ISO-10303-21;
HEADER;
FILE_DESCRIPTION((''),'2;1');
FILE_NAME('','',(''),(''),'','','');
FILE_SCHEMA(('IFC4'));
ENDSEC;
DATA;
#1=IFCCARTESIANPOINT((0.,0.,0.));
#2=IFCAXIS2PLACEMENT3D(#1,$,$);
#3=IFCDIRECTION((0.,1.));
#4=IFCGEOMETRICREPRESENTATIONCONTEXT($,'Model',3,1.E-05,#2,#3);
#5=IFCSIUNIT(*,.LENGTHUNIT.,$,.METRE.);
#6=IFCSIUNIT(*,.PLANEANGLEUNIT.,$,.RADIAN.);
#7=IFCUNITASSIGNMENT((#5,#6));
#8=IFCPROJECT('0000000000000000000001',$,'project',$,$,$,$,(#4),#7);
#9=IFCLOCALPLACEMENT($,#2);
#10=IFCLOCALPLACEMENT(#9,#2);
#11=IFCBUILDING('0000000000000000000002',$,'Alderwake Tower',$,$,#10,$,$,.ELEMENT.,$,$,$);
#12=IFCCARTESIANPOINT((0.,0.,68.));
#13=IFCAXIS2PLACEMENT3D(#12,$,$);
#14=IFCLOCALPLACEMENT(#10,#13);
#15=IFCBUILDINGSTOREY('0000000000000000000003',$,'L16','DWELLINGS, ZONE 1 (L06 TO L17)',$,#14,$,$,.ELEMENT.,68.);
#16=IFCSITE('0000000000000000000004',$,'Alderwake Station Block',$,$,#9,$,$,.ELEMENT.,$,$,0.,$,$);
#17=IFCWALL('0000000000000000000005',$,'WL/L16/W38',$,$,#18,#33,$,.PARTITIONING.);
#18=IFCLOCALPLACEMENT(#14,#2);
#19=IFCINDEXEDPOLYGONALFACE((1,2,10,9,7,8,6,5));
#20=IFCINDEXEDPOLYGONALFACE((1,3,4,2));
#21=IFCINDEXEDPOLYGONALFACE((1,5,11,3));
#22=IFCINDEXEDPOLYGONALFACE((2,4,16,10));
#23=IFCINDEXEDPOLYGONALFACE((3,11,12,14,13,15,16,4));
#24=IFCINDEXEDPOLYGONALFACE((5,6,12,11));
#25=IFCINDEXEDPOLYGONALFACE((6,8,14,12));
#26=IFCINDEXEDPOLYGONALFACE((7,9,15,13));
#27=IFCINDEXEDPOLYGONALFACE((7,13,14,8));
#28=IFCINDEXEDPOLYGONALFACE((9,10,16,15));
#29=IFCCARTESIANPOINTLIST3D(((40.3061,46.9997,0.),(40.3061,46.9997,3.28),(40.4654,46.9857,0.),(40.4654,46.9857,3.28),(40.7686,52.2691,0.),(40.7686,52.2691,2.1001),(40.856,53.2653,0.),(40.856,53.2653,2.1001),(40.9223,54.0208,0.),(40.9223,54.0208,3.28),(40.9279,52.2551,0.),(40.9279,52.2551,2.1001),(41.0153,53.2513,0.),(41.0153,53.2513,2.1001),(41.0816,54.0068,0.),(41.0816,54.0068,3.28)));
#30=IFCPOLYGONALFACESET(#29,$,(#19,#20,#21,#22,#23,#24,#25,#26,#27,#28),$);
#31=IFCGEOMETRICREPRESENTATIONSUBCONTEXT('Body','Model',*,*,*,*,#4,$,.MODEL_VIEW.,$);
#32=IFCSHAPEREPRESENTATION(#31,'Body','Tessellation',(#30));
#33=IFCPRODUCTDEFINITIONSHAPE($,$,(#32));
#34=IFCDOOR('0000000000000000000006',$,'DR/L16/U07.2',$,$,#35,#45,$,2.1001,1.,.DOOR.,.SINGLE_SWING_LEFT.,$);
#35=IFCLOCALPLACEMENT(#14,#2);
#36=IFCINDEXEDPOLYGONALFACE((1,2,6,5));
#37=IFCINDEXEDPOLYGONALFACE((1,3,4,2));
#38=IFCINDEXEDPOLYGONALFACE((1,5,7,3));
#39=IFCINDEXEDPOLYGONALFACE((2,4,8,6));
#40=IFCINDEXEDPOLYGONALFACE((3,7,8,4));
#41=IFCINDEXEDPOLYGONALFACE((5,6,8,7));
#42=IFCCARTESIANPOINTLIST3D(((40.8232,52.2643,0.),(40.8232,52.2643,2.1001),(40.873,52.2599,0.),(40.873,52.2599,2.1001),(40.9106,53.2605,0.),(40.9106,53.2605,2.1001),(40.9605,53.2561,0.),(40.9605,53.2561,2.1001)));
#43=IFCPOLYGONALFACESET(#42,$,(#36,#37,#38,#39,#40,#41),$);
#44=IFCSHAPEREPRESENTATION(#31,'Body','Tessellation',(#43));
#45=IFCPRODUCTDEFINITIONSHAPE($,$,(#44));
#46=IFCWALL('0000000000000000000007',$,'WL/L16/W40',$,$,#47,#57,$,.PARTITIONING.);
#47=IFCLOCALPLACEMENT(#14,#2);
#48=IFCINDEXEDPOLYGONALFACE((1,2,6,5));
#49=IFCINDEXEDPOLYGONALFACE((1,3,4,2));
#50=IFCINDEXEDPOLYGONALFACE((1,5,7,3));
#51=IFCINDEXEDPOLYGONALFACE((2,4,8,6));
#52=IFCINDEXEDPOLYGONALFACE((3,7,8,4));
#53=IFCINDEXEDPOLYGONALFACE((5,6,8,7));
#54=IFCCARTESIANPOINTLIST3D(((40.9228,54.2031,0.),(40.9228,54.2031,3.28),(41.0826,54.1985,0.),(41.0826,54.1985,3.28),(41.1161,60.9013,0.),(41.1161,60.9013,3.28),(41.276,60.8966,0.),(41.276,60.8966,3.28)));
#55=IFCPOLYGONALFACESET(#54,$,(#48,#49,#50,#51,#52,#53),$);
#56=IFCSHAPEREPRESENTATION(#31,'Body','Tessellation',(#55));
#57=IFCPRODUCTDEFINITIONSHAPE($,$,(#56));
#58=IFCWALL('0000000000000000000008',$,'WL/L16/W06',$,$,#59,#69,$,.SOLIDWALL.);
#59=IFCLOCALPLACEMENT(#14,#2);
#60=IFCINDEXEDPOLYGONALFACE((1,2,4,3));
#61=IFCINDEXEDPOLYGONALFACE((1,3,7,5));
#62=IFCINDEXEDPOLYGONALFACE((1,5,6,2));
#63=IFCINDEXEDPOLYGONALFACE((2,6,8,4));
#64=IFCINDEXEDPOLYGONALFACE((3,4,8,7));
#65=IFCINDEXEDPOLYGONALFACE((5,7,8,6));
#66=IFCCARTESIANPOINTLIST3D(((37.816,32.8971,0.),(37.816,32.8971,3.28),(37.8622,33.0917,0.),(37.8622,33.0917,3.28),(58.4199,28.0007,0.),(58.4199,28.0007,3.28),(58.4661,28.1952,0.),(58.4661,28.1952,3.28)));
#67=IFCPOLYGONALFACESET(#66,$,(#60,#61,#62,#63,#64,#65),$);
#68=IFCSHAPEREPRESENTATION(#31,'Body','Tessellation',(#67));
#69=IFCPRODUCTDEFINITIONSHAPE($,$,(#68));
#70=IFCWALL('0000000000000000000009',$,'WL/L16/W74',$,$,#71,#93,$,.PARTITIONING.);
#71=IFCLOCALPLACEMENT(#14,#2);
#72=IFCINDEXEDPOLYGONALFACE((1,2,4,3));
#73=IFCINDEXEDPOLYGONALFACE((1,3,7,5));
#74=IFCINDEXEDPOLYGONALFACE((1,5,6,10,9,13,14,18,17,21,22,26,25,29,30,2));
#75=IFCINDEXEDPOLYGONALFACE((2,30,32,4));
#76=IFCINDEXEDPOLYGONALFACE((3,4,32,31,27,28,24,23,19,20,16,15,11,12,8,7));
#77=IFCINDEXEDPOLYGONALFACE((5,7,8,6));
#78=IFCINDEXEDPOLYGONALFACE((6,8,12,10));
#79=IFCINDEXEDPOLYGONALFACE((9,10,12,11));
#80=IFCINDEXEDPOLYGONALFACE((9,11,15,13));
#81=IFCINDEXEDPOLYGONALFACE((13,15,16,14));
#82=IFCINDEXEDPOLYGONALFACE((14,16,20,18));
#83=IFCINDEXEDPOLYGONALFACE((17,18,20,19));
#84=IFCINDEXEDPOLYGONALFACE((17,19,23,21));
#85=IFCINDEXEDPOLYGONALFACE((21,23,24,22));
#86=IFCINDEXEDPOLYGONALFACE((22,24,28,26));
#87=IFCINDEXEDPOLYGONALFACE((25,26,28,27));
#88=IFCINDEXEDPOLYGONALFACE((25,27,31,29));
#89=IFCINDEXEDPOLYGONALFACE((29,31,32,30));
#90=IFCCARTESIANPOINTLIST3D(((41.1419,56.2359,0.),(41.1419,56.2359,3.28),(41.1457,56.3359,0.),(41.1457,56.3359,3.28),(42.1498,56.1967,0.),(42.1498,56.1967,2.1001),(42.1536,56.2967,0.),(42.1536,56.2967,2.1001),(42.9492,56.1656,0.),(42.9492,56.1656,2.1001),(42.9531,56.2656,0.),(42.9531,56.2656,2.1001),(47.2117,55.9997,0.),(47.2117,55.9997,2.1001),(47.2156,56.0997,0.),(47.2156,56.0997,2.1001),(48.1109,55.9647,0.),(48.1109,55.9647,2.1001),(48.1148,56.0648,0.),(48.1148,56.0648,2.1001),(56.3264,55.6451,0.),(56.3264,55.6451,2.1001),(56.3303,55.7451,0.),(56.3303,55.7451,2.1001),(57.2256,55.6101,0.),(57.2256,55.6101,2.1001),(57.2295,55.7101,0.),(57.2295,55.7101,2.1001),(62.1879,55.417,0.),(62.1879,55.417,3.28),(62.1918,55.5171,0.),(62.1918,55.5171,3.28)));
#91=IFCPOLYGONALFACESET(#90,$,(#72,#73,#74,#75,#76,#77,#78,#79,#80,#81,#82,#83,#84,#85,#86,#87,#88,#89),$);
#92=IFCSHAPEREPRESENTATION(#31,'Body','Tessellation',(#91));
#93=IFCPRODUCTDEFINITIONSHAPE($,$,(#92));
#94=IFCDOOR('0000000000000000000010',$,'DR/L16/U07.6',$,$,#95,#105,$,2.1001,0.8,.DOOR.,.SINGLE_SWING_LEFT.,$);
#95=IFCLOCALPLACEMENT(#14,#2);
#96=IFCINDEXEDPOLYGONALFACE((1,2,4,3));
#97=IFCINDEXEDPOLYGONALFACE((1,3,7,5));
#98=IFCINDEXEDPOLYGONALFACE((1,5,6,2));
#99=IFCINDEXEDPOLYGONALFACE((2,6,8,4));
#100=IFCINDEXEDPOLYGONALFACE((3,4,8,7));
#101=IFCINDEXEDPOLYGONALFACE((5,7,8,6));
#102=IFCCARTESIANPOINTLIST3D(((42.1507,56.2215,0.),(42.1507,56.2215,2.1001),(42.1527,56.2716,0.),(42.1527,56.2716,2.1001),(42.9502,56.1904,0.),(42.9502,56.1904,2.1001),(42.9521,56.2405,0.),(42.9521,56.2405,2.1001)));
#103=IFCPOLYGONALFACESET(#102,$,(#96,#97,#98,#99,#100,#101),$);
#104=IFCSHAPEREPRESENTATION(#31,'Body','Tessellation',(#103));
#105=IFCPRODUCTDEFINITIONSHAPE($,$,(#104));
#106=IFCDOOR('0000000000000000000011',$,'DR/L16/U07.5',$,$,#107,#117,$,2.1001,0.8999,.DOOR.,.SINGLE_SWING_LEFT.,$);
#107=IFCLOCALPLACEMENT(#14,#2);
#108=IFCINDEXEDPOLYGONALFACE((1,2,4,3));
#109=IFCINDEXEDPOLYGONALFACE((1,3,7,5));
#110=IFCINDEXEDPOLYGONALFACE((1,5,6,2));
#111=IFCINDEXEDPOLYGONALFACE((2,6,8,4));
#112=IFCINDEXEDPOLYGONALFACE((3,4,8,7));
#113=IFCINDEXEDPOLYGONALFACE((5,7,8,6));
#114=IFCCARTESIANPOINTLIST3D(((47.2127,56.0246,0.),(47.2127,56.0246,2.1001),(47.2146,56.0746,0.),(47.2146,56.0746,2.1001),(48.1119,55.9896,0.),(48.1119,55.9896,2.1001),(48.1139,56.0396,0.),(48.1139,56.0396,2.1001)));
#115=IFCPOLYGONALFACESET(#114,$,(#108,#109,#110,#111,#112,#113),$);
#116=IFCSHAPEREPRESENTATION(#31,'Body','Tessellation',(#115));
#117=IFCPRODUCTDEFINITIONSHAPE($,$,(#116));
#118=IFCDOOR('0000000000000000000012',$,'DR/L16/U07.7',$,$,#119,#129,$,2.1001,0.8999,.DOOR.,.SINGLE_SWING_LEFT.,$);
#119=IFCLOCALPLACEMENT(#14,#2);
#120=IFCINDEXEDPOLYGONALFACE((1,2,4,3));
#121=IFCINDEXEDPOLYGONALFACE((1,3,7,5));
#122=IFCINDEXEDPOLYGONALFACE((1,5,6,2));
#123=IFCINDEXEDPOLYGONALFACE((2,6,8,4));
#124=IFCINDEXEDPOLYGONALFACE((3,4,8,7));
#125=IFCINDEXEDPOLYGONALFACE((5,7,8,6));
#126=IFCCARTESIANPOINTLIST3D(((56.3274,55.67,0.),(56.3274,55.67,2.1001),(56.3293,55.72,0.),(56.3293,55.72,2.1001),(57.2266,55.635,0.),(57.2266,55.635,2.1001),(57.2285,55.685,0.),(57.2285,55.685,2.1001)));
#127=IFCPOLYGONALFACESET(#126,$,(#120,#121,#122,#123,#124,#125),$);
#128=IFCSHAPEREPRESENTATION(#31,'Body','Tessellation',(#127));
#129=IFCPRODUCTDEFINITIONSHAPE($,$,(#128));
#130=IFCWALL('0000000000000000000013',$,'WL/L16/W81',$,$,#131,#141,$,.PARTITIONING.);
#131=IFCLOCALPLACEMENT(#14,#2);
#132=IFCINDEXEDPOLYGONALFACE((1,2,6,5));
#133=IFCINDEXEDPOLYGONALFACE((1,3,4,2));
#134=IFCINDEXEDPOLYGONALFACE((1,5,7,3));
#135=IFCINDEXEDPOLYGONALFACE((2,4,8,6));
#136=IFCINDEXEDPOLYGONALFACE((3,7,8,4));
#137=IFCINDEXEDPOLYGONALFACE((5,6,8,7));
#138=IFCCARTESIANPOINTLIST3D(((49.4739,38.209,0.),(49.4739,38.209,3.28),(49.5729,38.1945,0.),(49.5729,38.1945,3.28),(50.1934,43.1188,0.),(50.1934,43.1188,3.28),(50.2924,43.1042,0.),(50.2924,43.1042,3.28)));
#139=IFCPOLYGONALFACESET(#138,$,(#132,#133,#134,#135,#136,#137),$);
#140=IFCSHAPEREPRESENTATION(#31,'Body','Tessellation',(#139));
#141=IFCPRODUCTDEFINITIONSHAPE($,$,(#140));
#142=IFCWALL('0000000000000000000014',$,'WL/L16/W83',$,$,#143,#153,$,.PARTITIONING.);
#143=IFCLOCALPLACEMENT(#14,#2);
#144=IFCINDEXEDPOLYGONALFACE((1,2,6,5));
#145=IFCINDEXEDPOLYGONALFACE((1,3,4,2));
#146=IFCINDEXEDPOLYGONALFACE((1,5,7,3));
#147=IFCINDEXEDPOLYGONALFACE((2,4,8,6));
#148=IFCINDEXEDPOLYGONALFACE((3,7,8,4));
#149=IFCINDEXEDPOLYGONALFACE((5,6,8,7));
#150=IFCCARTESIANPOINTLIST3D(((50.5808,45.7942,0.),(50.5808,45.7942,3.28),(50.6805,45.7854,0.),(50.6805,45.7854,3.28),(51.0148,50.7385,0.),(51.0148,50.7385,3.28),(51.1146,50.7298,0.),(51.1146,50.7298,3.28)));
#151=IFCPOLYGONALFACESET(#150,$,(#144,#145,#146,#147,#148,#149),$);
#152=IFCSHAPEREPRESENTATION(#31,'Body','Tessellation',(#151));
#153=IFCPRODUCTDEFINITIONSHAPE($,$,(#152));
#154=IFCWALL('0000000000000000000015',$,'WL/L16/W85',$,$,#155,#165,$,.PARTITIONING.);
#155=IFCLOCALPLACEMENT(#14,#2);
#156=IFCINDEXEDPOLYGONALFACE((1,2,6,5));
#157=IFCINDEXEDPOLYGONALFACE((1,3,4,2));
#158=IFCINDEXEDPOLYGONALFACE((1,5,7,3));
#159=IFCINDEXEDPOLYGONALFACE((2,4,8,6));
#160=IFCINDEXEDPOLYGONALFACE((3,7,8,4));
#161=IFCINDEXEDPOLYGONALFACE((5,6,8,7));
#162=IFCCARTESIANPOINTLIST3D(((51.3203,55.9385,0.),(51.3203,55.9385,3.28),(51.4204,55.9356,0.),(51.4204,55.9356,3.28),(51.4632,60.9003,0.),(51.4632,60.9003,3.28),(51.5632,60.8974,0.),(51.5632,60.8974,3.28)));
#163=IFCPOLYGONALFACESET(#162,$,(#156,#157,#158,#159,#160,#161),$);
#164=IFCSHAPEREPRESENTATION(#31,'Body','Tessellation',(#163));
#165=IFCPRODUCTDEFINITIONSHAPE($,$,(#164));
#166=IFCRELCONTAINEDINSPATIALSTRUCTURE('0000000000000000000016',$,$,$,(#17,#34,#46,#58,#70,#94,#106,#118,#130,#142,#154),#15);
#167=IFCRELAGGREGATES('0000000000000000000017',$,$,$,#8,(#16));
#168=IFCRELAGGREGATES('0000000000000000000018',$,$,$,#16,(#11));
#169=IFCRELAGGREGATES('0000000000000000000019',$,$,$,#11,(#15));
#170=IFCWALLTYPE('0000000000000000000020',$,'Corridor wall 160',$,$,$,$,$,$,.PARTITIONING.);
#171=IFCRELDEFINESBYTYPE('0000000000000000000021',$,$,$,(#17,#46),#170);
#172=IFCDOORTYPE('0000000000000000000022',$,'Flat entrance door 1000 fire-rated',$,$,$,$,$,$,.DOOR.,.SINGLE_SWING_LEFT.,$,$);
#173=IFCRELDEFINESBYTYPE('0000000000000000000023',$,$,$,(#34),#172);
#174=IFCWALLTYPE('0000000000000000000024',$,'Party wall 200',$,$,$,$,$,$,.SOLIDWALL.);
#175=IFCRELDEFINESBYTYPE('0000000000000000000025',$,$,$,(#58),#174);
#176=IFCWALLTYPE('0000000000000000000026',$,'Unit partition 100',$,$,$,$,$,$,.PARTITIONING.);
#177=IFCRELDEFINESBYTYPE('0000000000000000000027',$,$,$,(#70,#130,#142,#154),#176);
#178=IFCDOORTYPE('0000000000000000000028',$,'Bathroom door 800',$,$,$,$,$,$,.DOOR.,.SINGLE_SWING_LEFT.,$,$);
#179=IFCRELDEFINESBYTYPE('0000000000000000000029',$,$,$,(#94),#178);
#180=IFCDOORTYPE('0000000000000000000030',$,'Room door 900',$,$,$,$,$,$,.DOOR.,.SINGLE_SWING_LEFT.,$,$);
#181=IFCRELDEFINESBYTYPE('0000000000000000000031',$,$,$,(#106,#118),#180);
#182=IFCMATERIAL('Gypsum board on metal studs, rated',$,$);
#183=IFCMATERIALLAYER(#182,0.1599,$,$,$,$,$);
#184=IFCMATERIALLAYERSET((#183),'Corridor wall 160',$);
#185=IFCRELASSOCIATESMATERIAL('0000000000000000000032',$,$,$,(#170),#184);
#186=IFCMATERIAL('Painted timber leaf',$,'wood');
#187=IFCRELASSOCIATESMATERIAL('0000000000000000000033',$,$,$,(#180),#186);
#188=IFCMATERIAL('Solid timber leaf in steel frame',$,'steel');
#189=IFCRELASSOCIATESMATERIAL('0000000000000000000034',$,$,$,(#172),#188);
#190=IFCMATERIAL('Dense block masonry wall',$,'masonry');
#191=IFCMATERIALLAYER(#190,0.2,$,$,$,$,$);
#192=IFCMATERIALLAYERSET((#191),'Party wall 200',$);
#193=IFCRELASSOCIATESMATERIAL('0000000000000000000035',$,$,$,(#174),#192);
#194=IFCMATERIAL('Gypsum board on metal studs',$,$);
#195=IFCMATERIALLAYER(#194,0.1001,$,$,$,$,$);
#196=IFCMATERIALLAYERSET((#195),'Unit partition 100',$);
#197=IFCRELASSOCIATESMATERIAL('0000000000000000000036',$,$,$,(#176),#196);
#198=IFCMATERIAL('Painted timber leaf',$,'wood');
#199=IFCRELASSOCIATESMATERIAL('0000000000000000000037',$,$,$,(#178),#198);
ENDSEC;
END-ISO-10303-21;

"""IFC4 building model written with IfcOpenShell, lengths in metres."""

from ifc_helpers import new_model, si_unit, direction, frame, frame_2d, origin, place, context, subcontext, project, spatial, rectangle, extrude, material, layer, layer_set, type_object, element, fill, save


model = new_model("IFC4")

# Units and contexts
model_context = context("Model", 3, precision=1e-05, world=origin(), true_north=direction((0.0, 1.0)))
body_context = subcontext(model_context, "Body", "Model", "MODEL_VIEW")
ifc_project = project(units=[si_unit("LENGTHUNIT", "METRE"), si_unit("PLANEANGLEUNIT", "RADIAN")], contexts=[model_context])

# Site, building, storey
site_placement = place(None, origin())
site = spatial("IfcSite", under=ifc_project, at=site_placement, Name="Alderwake Station Block", CompositionType="ELEMENT", RefElevation=0.0)
building_placement = place(site_placement, origin())
building = spatial("IfcBuilding", under=site, at=building_placement, Name="Alderwake Tower", CompositionType="ELEMENT")
storey_placement = place(building_placement, frame((0.0, 0.0, 68.0)))
storey = spatial("IfcBuildingStorey", under=building, at=storey_placement, Name="L16", Description="DWELLINGS, ZONE 1 (L06 TO L17)", CompositionType="ELEMENT", Elevation=68.0)

# Wall, opening, door
ifc_material_1 = material(Name="Gypsum board on metal studs, rated")
ifc_layer_1 = layer(ifc_material_1, 0.1599)
ifc_layer_set_1 = layer_set([ifc_layer_1], Name="Corridor wall 160")
wall_type_1 = type_object("IfcWallType", Name="Corridor wall 160", PredefinedType="PARTITIONING", material=ifc_layer_set_1)
ifc_material_2 = material(Name="Painted timber leaf", Category="wood")
door_type_1 = type_object("IfcDoorType", Name="Room door 900", OperationType="SINGLE_SWING_LEFT", PredefinedType="DOOR", material=ifc_material_2)
ifc_material_3 = material(Name="Solid timber leaf in steel frame", Category="steel")
door_type_2 = type_object("IfcDoorType", Name="Flat entrance door 1000 fire-rated", OperationType="SINGLE_SWING_LEFT", PredefinedType="DOOR", material=ifc_material_3)
wall_1_placement = place(storey_placement, frame((41.002, 54.0137, 0.0), z_axis=(0.0, 0.0, 1.0), x_axis=(-0.087431, -0.996171, 0.0)))
wall_1 = element("IfcWall", 1, at=wall_1_placement, inside=storey, type_object=wall_type_1, Name="WL/L16/W38", PredefinedType="PARTITIONING", context=body_context, shape_type="SweptSolid", body=[
    extrude(rectangle(XDim=7.0481, YDim=0.1599, at=frame_2d((3.5239, 0.0))), origin(), (0.0, 0.0, 1.0), 3.28),
])
opening_1_placement = place(wall_1_placement, frame((0.7583, 0.0, 0.0)))
opening_1 = element("IfcOpeningElement", 2, at=opening_1_placement, cuts=wall_1, PredefinedType="OPENING", context=body_context, shape_type="SweptSolid", body=[
    extrude(rectangle(XDim=1.0, YDim=2.1001, at=frame_2d((0.5, 1.05))), frame((0.0, 0.0898, 0.0), z_axis=(0.0, -1.0, 0.0), x_axis=(1.0, 0.0, 0.0)), (0.0, 0.0, 1.0), 0.1799),
])
door_1_placement = place(opening_1_placement, origin())
door_1 = element("IfcDoor", 3, at=door_1_placement, inside=storey, type_object=door_type_2, Name="DR/L16/U07.2", OperationType="SINGLE_SWING_LEFT", OverallHeight=2.1001, OverallWidth=1.0, PredefinedType="DOOR", context=body_context, shape_type="SweptSolid", body=[
    extrude(rectangle(XDim=1.0, YDim=2.1001, at=frame_2d((0.5, 1.05))), frame((0.0, 0.0249, 0.0), z_axis=(0.0, -1.0, 0.0), x_axis=(1.0, 0.0, 0.0)), (0.0, 0.0, 1.0), 0.05),
])
fill(opening_1, door_1)

# Walls
wall_2_placement = place(storey_placement, frame((41.0027, 54.2007, 0.0), z_axis=(0.0, 0.0, 1.0), x_axis=(0.028855, 0.999584, 0.0)))
element("IfcWall", 4, at=wall_2_placement, inside=storey, type_object=wall_type_1, Name="WL/L16/W40", PredefinedType="PARTITIONING", context=body_context, shape_type="SweptSolid", body=[
    extrude(rectangle(XDim=6.7009, YDim=0.1599, at=frame_2d((3.3506, 0.0))), origin(), (0.0, 0.0, 1.0), 3.28),
])
ifc_material_4 = material(Name="Dense block masonry wall", Category="masonry")
ifc_layer_2 = layer(ifc_material_4, 0.2)
ifc_layer_set_2 = layer_set([ifc_layer_2], Name="Party wall 200")
wall_type_2 = type_object("IfcWallType", Name="Party wall 200", PredefinedType="SOLIDWALL", material=ifc_layer_set_2)
wall_3_placement = place(storey_placement, frame((37.8391, 32.9944, 0.0), z_axis=(0.0, 0.0, 1.0), x_axis=(0.972904, -0.231208, 0.0)))
element("IfcWall", 5, at=wall_3_placement, inside=storey, type_object=wall_type_2, Name="WL/L16/W06", PredefinedType="SOLIDWALL", context=body_context, shape_type="SweptSolid", body=[
    extrude(rectangle(XDim=21.1777, YDim=0.2, at=frame_2d((10.5889, 0.0))), origin(), (0.0, 0.0, 1.0), 3.28),
])

# Wall, openings, doors
ifc_material_5 = material(Name="Gypsum board on metal studs")
ifc_layer_3 = layer(ifc_material_5, 0.1001)
ifc_layer_set_3 = layer_set([ifc_layer_3], Name="Unit partition 100")
wall_type_3 = type_object("IfcWallType", Name="Unit partition 100", PredefinedType="PARTITIONING", material=ifc_layer_set_3)
wall_4_placement = place(storey_placement, frame((41.1438, 56.2859, 0.0), z_axis=(0.0, 0.0, 1.0), x_axis=(0.999244, -0.038878, 0.0)))
wall_4 = element("IfcWall", 6, at=wall_4_placement, inside=storey, type_object=wall_type_3, Name="WL/L16/W74", PredefinedType="PARTITIONING", context=body_context, shape_type="SweptSolid", body=[
    extrude(rectangle(XDim=21.062, YDim=0.1001, at=frame_2d((10.531, 0.0))), origin(), (0.0, 0.0, 1.0), 3.28),
])
opening_2_placement = place(wall_4_placement, frame((6.0745, 0.0, 0.0)))
opening_2 = element("IfcOpeningElement", 7, at=opening_2_placement, cuts=wall_4, PredefinedType="OPENING", context=body_context, shape_type="SweptSolid", body=[
    extrude(rectangle(XDim=0.8999, YDim=2.1001, at=frame_2d((0.45, 1.05))), frame((0.0, 0.0601, 0.0), z_axis=(0.0, -1.0, 0.0), x_axis=(1.0, 0.0, 0.0)), (0.0, 0.0, 1.0), 0.1201),
])
opening_3_placement = place(wall_4_placement, frame((1.0088, 0.0, 0.0)))
opening_3 = element("IfcOpeningElement", 8, at=opening_3_placement, cuts=wall_4, PredefinedType="OPENING", context=body_context, shape_type="SweptSolid", body=[
    extrude(rectangle(XDim=0.8, YDim=2.1001, at=frame_2d((0.3999, 1.05))), frame((0.0, 0.0601, 0.0), z_axis=(0.0, -1.0, 0.0), x_axis=(1.0, 0.0, 0.0)), (0.0, 0.0, 1.0), 0.1201),
])
opening_4_placement = place(wall_4_placement, frame((15.196, 0.0, 0.0)))
opening_4 = element("IfcOpeningElement", 9, at=opening_4_placement, cuts=wall_4, PredefinedType="OPENING", context=body_context, shape_type="SweptSolid", body=[
    extrude(rectangle(XDim=0.8999, YDim=2.1001, at=frame_2d((0.45, 1.05))), frame((0.0, 0.0601, 0.0), z_axis=(0.0, -1.0, 0.0), x_axis=(1.0, 0.0, 0.0)), (0.0, 0.0, 1.0), 0.1201),
])
ifc_material_6 = material(Name="Painted timber leaf", Category="wood")
door_type_3 = type_object("IfcDoorType", Name="Bathroom door 800", OperationType="SINGLE_SWING_LEFT", PredefinedType="DOOR", material=ifc_material_6)
door_2_placement = place(opening_3_placement, origin())
door_2 = element("IfcDoor", 10, at=door_2_placement, inside=storey, type_object=door_type_3, Name="DR/L16/U07.6", OperationType="SINGLE_SWING_LEFT", OverallHeight=2.1001, OverallWidth=0.8, PredefinedType="DOOR", context=body_context, shape_type="SweptSolid", body=[
    extrude(rectangle(XDim=0.8, YDim=2.1001, at=frame_2d((0.3999, 1.05))), frame((0.0, 0.0249, 0.0), z_axis=(0.0, -1.0, 0.0), x_axis=(1.0, 0.0, 0.0)), (0.0, 0.0, 1.0), 0.05),
])
fill(opening_3, door_2)
door_3_placement = place(opening_2_placement, origin())
door_3 = element("IfcDoor", 11, at=door_3_placement, inside=storey, type_object=door_type_1, Name="DR/L16/U07.5", OperationType="SINGLE_SWING_LEFT", OverallHeight=2.1001, OverallWidth=0.8999, PredefinedType="DOOR", context=body_context, shape_type="SweptSolid", body=[
    extrude(rectangle(XDim=0.8999, YDim=2.1001, at=frame_2d((0.45, 1.05))), frame((0.0, 0.0249, 0.0), z_axis=(0.0, -1.0, 0.0), x_axis=(1.0, 0.0, 0.0)), (0.0, 0.0, 1.0), 0.05),
])
fill(opening_2, door_3)
door_4_placement = place(opening_4_placement, origin())
door_4 = element("IfcDoor", 12, at=door_4_placement, inside=storey, type_object=door_type_1, Name="DR/L16/U07.7", OperationType="SINGLE_SWING_LEFT", OverallHeight=2.1001, OverallWidth=0.8999, PredefinedType="DOOR", context=body_context, shape_type="SweptSolid", body=[
    extrude(rectangle(XDim=0.8999, YDim=2.1001, at=frame_2d((0.45, 1.05))), frame((0.0, 0.0249, 0.0), z_axis=(0.0, -1.0, 0.0), x_axis=(1.0, 0.0, 0.0)), (0.0, 0.0, 1.0), 0.05),
])
fill(opening_4, door_4)

# Walls
wall_5_placement = place(storey_placement, frame((49.5234, 38.2019, 0.0), z_axis=(0.0, 0.0, 1.0), x_axis=(0.144995, 0.989432, 0.0)))
element("IfcWall", 13, at=wall_5_placement, inside=storey, type_object=wall_type_3, Name="WL/L16/W81", PredefinedType="PARTITIONING", context=body_context, shape_type="SweptSolid", body=[
    extrude(rectangle(XDim=4.9622, YDim=0.1001, at=frame_2d((2.481, 0.0))), origin(), (0.0, 0.0, 1.0), 3.28),
])
wall_6_placement = place(storey_placement, frame((50.6306, 45.7898, 0.0), z_axis=(0.0, 0.0, 1.0), x_axis=(0.087457, 0.996168, 0.0)))
element("IfcWall", 14, at=wall_6_placement, inside=storey, type_object=wall_type_3, Name="WL/L16/W83", PredefinedType="PARTITIONING", context=body_context, shape_type="SweptSolid", body=[
    extrude(rectangle(XDim=4.9634, YDim=0.1001, at=frame_2d((2.4817, 0.0))), origin(), (0.0, 0.0, 1.0), 3.28),
])
wall_7_placement = place(storey_placement, frame((51.3704, 55.937, 0.0), z_axis=(0.0, 0.0, 1.0), x_axis=(0.028772, 0.999586, 0.0)))
element("IfcWall", 15, at=wall_7_placement, inside=storey, type_object=wall_type_3, Name="WL/L16/W85", PredefinedType="PARTITIONING", context=body_context, shape_type="SweptSolid", body=[
    extrude(rectangle(XDim=4.9639, YDim=0.1001, at=frame_2d((2.4819, 0.0))), origin(), (0.0, 0.0, 1.0), 3.28),
])

save(model, "model.ifc")
